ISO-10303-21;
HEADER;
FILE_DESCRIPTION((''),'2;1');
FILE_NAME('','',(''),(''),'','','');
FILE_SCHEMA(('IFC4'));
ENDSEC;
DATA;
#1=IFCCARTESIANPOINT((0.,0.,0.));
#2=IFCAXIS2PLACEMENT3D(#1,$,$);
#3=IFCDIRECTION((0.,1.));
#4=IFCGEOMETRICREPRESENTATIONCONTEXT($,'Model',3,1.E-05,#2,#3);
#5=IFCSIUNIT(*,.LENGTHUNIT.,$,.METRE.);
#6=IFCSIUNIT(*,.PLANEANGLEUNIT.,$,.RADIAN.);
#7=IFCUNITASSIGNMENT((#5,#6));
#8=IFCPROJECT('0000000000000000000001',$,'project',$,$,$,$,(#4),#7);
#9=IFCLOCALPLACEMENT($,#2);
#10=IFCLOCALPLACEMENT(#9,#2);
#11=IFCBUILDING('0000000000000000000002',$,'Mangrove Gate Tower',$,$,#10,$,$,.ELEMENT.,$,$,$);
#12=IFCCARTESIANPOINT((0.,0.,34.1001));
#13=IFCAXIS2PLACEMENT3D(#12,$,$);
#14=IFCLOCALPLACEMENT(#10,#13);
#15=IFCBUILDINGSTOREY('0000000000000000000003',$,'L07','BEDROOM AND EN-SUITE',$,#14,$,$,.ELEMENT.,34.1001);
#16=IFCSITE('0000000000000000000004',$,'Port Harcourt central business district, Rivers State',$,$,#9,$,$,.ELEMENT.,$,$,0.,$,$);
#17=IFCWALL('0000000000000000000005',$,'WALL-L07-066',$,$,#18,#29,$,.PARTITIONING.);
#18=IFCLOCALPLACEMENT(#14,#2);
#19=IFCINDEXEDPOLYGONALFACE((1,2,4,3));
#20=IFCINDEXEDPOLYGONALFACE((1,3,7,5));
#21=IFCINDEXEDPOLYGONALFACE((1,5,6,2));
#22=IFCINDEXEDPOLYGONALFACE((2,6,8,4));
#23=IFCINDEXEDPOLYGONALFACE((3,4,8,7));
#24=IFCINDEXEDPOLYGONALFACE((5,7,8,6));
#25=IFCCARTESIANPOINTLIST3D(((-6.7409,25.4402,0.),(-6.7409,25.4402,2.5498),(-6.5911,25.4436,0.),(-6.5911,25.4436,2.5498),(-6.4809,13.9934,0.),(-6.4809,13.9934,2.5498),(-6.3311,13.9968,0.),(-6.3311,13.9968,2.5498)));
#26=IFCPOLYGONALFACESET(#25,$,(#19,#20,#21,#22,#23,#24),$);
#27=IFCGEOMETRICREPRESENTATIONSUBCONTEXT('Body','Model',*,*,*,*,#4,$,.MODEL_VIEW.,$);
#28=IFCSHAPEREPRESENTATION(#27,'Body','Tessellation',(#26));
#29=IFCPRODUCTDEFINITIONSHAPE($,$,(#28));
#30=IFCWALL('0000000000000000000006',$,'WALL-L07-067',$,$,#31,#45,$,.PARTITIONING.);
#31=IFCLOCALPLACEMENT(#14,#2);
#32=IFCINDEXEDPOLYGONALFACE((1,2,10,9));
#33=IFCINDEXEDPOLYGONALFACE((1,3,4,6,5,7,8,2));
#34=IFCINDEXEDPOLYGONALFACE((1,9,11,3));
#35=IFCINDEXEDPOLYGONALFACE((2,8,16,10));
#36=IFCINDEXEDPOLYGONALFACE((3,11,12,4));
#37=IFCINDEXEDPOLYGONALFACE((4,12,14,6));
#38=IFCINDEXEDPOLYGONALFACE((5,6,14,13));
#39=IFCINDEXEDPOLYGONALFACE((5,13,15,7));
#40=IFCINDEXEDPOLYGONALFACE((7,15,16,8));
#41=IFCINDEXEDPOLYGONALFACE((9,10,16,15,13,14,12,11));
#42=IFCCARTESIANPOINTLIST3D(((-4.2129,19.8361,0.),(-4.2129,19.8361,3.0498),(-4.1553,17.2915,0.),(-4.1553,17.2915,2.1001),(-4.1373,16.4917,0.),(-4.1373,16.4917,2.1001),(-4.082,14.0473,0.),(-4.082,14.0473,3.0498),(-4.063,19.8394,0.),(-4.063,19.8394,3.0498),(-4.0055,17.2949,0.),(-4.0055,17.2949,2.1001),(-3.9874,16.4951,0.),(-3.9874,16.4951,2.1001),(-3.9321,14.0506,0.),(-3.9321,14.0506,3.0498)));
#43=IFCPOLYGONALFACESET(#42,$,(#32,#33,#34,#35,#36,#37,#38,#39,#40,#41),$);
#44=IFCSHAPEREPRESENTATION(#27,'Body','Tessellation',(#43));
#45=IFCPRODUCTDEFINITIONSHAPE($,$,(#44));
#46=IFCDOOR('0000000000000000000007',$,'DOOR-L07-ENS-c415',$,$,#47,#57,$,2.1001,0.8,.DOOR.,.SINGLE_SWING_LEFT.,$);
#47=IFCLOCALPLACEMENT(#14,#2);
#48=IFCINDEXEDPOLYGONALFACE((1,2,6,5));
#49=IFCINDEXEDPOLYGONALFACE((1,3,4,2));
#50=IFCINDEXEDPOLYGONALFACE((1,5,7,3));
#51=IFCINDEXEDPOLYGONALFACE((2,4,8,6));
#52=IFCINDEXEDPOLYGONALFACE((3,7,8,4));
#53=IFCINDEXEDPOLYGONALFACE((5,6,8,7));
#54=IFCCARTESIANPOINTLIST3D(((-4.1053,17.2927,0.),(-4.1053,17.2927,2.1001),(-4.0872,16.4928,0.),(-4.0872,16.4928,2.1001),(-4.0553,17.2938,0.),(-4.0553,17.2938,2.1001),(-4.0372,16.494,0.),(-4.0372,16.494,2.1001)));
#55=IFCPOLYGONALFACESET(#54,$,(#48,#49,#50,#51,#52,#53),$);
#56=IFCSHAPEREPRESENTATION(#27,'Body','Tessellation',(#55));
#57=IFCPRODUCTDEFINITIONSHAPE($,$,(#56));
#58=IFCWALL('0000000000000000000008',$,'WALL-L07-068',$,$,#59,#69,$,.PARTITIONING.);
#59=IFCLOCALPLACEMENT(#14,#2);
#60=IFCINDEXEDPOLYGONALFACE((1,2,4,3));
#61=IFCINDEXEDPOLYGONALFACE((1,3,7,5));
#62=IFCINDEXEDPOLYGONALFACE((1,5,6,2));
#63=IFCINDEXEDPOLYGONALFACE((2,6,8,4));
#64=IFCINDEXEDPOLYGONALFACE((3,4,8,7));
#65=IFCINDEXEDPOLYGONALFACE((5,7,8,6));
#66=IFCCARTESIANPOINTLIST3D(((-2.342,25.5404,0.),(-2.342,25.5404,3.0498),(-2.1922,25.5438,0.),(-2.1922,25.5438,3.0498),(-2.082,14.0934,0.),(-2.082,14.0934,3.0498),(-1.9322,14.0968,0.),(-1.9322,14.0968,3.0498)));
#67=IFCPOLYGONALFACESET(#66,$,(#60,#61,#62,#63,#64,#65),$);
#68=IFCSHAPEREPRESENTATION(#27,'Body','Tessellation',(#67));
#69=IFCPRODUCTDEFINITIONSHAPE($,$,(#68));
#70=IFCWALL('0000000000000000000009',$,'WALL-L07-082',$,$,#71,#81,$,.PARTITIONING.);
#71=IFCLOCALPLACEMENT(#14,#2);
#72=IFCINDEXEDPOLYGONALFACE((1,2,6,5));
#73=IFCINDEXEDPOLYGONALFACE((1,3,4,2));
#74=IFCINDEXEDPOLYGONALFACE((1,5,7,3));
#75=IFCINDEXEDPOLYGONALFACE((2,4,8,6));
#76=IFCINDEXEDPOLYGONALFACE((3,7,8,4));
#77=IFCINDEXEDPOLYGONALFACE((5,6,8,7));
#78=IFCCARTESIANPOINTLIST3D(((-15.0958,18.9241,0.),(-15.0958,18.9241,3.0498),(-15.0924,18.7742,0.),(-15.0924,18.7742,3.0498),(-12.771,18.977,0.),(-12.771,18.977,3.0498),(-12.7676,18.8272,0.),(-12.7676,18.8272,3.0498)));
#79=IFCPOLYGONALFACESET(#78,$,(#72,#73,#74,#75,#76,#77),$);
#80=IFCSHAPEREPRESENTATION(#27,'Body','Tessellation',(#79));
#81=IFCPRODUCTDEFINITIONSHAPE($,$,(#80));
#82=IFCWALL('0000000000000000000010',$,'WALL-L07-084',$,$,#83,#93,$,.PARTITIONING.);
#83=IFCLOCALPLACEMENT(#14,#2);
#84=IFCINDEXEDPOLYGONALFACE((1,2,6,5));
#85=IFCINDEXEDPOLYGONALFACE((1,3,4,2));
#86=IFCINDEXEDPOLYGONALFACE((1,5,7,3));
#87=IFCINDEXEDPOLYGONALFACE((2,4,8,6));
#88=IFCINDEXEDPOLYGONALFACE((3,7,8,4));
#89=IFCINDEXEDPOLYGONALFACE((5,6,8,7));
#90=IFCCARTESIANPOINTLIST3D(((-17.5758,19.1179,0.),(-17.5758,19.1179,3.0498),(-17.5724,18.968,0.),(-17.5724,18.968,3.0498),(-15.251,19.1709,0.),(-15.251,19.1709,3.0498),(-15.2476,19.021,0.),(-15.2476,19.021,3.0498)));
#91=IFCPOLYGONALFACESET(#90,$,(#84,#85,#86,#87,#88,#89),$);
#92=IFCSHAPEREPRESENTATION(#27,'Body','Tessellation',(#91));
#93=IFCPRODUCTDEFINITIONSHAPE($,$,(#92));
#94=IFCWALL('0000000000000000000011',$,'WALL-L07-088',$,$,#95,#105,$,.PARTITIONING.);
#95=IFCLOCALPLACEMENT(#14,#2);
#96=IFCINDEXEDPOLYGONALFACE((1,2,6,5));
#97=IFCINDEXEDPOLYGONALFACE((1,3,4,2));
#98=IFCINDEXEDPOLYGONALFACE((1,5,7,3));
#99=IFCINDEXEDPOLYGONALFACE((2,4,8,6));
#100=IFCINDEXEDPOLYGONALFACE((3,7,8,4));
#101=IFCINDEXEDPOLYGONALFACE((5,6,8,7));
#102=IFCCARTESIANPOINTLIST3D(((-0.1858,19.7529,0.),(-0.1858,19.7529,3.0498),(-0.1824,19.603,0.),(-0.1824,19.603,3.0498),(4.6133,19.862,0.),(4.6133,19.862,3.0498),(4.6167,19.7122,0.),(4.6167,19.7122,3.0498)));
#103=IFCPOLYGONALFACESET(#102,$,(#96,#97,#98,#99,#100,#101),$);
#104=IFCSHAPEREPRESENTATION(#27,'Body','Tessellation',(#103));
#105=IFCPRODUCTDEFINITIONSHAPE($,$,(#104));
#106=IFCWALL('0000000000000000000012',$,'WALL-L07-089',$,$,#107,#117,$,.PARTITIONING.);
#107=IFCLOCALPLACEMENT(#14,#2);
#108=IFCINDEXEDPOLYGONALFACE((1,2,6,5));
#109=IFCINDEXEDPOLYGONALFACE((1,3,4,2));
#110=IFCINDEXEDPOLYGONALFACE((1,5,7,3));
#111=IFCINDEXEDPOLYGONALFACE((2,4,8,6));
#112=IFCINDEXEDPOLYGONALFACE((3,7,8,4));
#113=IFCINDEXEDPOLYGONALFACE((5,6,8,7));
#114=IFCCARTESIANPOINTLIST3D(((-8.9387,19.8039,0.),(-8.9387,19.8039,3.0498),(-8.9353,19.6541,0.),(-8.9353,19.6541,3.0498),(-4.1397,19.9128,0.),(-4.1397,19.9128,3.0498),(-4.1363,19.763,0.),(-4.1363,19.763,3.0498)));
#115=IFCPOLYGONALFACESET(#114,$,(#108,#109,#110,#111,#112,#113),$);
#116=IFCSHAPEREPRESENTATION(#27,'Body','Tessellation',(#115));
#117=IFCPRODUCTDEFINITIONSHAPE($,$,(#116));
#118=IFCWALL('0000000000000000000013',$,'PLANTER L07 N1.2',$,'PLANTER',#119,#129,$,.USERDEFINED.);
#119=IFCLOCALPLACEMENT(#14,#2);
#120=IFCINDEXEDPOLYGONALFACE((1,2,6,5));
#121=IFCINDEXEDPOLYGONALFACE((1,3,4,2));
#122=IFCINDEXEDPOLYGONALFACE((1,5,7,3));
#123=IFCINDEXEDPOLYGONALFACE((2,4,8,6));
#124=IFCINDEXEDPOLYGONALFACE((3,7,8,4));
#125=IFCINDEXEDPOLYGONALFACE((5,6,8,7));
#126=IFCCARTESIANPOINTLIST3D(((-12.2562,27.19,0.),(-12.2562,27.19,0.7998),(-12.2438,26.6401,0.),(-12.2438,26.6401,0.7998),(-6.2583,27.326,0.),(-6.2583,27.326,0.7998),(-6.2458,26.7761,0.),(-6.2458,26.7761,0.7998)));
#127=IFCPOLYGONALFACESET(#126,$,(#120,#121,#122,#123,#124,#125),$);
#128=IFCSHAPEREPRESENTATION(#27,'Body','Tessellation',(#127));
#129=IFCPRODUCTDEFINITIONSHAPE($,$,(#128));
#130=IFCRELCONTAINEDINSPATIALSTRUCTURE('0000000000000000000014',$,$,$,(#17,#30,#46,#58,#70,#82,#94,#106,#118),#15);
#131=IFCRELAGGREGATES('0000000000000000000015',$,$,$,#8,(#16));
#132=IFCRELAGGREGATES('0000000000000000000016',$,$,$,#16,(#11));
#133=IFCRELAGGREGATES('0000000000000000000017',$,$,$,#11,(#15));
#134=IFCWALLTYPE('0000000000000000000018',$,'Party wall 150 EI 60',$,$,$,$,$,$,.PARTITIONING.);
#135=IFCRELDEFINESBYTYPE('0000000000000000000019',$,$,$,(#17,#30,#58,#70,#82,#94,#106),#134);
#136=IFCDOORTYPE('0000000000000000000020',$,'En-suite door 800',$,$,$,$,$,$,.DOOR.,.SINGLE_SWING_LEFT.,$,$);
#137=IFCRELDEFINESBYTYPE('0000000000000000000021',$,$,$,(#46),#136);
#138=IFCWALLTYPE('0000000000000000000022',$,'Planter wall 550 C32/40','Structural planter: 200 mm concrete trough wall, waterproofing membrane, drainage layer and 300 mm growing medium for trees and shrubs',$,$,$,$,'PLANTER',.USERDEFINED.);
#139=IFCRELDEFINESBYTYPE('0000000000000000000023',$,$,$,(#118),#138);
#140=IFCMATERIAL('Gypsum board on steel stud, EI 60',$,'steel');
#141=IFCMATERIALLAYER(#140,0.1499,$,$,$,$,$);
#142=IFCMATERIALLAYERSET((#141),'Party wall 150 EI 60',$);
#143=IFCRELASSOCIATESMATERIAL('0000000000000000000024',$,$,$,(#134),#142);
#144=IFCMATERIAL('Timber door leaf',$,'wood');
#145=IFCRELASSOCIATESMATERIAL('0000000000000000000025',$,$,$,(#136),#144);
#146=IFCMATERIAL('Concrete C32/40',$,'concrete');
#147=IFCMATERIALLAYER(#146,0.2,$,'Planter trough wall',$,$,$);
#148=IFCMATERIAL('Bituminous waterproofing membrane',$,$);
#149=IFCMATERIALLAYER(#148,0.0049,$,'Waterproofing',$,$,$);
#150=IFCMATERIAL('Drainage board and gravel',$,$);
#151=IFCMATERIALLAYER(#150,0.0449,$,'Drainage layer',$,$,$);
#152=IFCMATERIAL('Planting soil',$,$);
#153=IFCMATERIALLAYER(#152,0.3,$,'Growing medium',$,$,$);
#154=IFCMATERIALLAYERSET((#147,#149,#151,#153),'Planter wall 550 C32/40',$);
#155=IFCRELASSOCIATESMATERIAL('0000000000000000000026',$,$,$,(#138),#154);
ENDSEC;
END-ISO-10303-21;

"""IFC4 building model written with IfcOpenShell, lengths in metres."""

from ifc_helpers import new_model, si_unit, direction, frame, frame_2d, origin, place, context, subcontext, project, spatial, rectangle, extrude, material, layer, layer_set, type_object, element, fill, save


model = new_model("IFC4")

# Units and contexts
model_context = context("Model", 3, precision=1e-05, world=origin(), true_north=direction((0.0, 1.0)))
body_context = subcontext(model_context, "Body", "Model", "MODEL_VIEW")
ifc_project = project(units=[si_unit("LENGTHUNIT", "METRE"), si_unit("PLANEANGLEUNIT", "RADIAN")], contexts=[model_context])

# Site, building, storey
site_placement = place(None, origin())
site = spatial("IfcSite", under=ifc_project, at=site_placement, Name="Port Harcourt central business district, Rivers State", CompositionType="ELEMENT", RefElevation=0.0)
building_placement = place(site_placement, origin())
building = spatial("IfcBuilding", under=site, at=building_placement, Name="Mangrove Gate Tower", CompositionType="ELEMENT")
storey_placement = place(building_placement, frame((0.0, 0.0, 34.1001)))
storey = spatial("IfcBuildingStorey", under=building, at=storey_placement, Name="L07", Description="BEDROOM AND EN-SUITE", CompositionType="ELEMENT", Elevation=34.1001)

# Shared definitions
ifc_material_1 = material(Name="Gypsum board on steel stud, EI 60", Category="steel")
ifc_layer_1 = layer(ifc_material_1, 0.1499)
ifc_layer_set_1 = layer_set([ifc_layer_1], Name="Party wall 150 EI 60")
wall_type_1 = type_object("IfcWallType", Name="Party wall 150 EI 60", PredefinedType="PARTITIONING", material=ifc_layer_set_1)
ifc_material_2 = material(Name="Timber door leaf", Category="wood")
door_type = type_object("IfcDoorType", Name="En-suite door 800", OperationType="SINGLE_SWING_LEFT", PredefinedType="DOOR", material=ifc_material_2)

# Wall
wall_1_placement = place(storey_placement, frame((-6.406, 13.9951, 0.0), z_axis=(0.0, 0.0, 1.0), x_axis=(-0.022709, 0.999742, 0.0)))
element("IfcWall", 1, at=wall_1_placement, inside=storey, type_object=wall_type_1, Name="WALL-L07-066", PredefinedType="PARTITIONING", context=body_context, shape_type="SweptSolid", body=[
    extrude(rectangle(XDim=11.4497, YDim=0.1499, at=frame_2d((5.7249, 0.0))), origin(), (0.0, 0.0, 1.0), 2.5498),
])

# Wall, opening, door
wall_2_placement = place(storey_placement, frame((-4.0071, 14.0491, 0.0), z_axis=(0.0, 0.0, 1.0), x_axis=(-0.0226, 0.999745, 0.0)))
wall_2 = element("IfcWall", 2, at=wall_2_placement, inside=storey, type_object=wall_type_1, Name="WALL-L07-067", PredefinedType="PARTITIONING", context=body_context, shape_type="SweptSolid", body=[
    extrude(rectangle(XDim=5.7903, YDim=0.1499, at=frame_2d((2.895, 0.0))), origin(), (0.0, 0.0, 1.0), 3.0498),
])
opening_1_placement = place(wall_2_placement, frame((2.4451, 0.0, 0.0)))
opening_1 = element("IfcOpeningElement", 3, at=opening_1_placement, cuts=wall_2, PredefinedType="OPENING", context=body_context, shape_type="SweptSolid", body=[
    extrude(rectangle(XDim=0.8, YDim=2.1001, at=frame_2d((0.3999, 1.05))), frame((0.0, 0.085, 0.0), z_axis=(0.0, -1.0, 0.0), x_axis=(1.0, 0.0, 0.0)), (0.0, 0.0, 1.0), 0.1699),
])
door_1_placement = place(opening_1_placement, origin())
door_1 = element("IfcDoor", 4, at=door_1_placement, inside=storey, type_object=door_type, Name="DOOR-L07-ENS-c415", OperationType="SINGLE_SWING_LEFT", OverallHeight=2.1001, OverallWidth=0.8, PredefinedType="DOOR", context=body_context, shape_type="SweptSolid", body=[
    extrude(rectangle(XDim=0.8, YDim=2.1001, at=frame_2d((0.3999, 1.05))), frame((0.0, 0.0249, 0.0), z_axis=(0.0, -1.0, 0.0), x_axis=(1.0, 0.0, 0.0)), (0.0, 0.0, 1.0), 0.05),
])
fill(opening_1, door_1)

# Walls
wall_3_placement = place(storey_placement, frame((-2.0071, 14.095, 0.0), z_axis=(0.0, 0.0, 1.0), x_axis=(-0.022708, 0.999742, 0.0)))
element("IfcWall", 5, at=wall_3_placement, inside=storey, type_object=wall_type_1, Name="WALL-L07-068", PredefinedType="PARTITIONING", context=body_context, shape_type="SweptSolid", body=[
    extrude(rectangle(XDim=11.45, YDim=0.1499, at=frame_2d((5.7251, 0.0))), origin(), (0.0, 0.0, 1.0), 3.0498),
])
for number, where, z_axis, x_axis, name in (
    (6, (-15.094, 18.8491, 0.0), (0.0, 0.0, 1.0), (0.99974, 0.022781, 0.0), "WALL-L07-082"),
    (7, (-17.574, 19.043, 0.0), (0.0, 0.0, 1.0), (0.99974, 0.022781, 0.0), "WALL-L07-084"),
):
    element("IfcWall", number, at=place(storey_placement, frame(where, z_axis=z_axis, x_axis=x_axis)), inside=storey, type_object=wall_type_1, Name=name, PredefinedType="PARTITIONING", context=body_context, shape_type="SweptSolid", body=[
        extrude(rectangle(XDim=2.3254, YDim=0.1499, at=frame_2d((1.1626, 0.0))), origin(), (0.0, 0.0, 1.0), 3.0498),
    ])
for number, where, z_axis, x_axis, name in (
    (8, (-0.1841, 19.678, 0.0), (0.0, 0.0, 1.0), (0.999742, 0.022734, 0.0), "WALL-L07-088"),
    (9, (-8.937, 19.729, 0.0), (0.0, 0.0, 1.0), (0.999743, 0.022683, 0.0), "WALL-L07-089"),
):
    element("IfcWall", number, at=place(storey_placement, frame(where, z_axis=z_axis, x_axis=x_axis)), inside=storey, type_object=wall_type_1, Name=name, PredefinedType="PARTITIONING", context=body_context, shape_type="SweptSolid", body=[
        extrude(rectangle(XDim=4.8003, YDim=0.1499, at=frame_2d((2.4001, 0.0))), origin(), (0.0, 0.0, 1.0), 3.0498),
    ])
ifc_material_3 = material(Name="Concrete C32/40", Category="concrete")
ifc_layer_2 = layer(ifc_material_3, 0.2, Name="Planter trough wall")
ifc_material_4 = material(Name="Bituminous waterproofing membrane")
ifc_layer_3 = layer(ifc_material_4, 0.0049, Name="Waterproofing")
ifc_material_5 = material(Name="Drainage board and gravel")
ifc_layer_4 = layer(ifc_material_5, 0.0449, Name="Drainage layer")
ifc_material_6 = material(Name="Planting soil")
ifc_layer_5 = layer(ifc_material_6, 0.3, Name="Growing medium")
ifc_layer_set_2 = layer_set([ifc_layer_2, ifc_layer_3, ifc_layer_4, ifc_layer_5], Name="Planter wall 550 C32/40")
wall_type_2 = type_object("IfcWallType", Name="Planter wall 550 C32/40", Description="Structural planter: 200 mm concrete trough wall, waterproofing membrane, drainage layer and 300 mm growing medium for trees and shrubs", ElementType="PLANTER", PredefinedType="USERDEFINED", material=ifc_layer_set_2)
wall_4_placement = place(storey_placement, frame((-12.25, 26.915, 0.0), z_axis=(0.0, 0.0, 1.0), x_axis=(0.999743, 0.022666, 0.0)))
element("IfcWall", 10, at=wall_4_placement, inside=storey, type_object=wall_type_2, Name="PLANTER L07 N1.2", ObjectType="PLANTER", PredefinedType="USERDEFINED", context=body_context, shape_type="SweptSolid", body=[
    extrude(rectangle(XDim=5.9995, YDim=0.55, at=frame_2d((2.9998, 0.0))), origin(), (0.0, 0.0, 1.0), 0.7998),
])

save(model, "model.ifc")
